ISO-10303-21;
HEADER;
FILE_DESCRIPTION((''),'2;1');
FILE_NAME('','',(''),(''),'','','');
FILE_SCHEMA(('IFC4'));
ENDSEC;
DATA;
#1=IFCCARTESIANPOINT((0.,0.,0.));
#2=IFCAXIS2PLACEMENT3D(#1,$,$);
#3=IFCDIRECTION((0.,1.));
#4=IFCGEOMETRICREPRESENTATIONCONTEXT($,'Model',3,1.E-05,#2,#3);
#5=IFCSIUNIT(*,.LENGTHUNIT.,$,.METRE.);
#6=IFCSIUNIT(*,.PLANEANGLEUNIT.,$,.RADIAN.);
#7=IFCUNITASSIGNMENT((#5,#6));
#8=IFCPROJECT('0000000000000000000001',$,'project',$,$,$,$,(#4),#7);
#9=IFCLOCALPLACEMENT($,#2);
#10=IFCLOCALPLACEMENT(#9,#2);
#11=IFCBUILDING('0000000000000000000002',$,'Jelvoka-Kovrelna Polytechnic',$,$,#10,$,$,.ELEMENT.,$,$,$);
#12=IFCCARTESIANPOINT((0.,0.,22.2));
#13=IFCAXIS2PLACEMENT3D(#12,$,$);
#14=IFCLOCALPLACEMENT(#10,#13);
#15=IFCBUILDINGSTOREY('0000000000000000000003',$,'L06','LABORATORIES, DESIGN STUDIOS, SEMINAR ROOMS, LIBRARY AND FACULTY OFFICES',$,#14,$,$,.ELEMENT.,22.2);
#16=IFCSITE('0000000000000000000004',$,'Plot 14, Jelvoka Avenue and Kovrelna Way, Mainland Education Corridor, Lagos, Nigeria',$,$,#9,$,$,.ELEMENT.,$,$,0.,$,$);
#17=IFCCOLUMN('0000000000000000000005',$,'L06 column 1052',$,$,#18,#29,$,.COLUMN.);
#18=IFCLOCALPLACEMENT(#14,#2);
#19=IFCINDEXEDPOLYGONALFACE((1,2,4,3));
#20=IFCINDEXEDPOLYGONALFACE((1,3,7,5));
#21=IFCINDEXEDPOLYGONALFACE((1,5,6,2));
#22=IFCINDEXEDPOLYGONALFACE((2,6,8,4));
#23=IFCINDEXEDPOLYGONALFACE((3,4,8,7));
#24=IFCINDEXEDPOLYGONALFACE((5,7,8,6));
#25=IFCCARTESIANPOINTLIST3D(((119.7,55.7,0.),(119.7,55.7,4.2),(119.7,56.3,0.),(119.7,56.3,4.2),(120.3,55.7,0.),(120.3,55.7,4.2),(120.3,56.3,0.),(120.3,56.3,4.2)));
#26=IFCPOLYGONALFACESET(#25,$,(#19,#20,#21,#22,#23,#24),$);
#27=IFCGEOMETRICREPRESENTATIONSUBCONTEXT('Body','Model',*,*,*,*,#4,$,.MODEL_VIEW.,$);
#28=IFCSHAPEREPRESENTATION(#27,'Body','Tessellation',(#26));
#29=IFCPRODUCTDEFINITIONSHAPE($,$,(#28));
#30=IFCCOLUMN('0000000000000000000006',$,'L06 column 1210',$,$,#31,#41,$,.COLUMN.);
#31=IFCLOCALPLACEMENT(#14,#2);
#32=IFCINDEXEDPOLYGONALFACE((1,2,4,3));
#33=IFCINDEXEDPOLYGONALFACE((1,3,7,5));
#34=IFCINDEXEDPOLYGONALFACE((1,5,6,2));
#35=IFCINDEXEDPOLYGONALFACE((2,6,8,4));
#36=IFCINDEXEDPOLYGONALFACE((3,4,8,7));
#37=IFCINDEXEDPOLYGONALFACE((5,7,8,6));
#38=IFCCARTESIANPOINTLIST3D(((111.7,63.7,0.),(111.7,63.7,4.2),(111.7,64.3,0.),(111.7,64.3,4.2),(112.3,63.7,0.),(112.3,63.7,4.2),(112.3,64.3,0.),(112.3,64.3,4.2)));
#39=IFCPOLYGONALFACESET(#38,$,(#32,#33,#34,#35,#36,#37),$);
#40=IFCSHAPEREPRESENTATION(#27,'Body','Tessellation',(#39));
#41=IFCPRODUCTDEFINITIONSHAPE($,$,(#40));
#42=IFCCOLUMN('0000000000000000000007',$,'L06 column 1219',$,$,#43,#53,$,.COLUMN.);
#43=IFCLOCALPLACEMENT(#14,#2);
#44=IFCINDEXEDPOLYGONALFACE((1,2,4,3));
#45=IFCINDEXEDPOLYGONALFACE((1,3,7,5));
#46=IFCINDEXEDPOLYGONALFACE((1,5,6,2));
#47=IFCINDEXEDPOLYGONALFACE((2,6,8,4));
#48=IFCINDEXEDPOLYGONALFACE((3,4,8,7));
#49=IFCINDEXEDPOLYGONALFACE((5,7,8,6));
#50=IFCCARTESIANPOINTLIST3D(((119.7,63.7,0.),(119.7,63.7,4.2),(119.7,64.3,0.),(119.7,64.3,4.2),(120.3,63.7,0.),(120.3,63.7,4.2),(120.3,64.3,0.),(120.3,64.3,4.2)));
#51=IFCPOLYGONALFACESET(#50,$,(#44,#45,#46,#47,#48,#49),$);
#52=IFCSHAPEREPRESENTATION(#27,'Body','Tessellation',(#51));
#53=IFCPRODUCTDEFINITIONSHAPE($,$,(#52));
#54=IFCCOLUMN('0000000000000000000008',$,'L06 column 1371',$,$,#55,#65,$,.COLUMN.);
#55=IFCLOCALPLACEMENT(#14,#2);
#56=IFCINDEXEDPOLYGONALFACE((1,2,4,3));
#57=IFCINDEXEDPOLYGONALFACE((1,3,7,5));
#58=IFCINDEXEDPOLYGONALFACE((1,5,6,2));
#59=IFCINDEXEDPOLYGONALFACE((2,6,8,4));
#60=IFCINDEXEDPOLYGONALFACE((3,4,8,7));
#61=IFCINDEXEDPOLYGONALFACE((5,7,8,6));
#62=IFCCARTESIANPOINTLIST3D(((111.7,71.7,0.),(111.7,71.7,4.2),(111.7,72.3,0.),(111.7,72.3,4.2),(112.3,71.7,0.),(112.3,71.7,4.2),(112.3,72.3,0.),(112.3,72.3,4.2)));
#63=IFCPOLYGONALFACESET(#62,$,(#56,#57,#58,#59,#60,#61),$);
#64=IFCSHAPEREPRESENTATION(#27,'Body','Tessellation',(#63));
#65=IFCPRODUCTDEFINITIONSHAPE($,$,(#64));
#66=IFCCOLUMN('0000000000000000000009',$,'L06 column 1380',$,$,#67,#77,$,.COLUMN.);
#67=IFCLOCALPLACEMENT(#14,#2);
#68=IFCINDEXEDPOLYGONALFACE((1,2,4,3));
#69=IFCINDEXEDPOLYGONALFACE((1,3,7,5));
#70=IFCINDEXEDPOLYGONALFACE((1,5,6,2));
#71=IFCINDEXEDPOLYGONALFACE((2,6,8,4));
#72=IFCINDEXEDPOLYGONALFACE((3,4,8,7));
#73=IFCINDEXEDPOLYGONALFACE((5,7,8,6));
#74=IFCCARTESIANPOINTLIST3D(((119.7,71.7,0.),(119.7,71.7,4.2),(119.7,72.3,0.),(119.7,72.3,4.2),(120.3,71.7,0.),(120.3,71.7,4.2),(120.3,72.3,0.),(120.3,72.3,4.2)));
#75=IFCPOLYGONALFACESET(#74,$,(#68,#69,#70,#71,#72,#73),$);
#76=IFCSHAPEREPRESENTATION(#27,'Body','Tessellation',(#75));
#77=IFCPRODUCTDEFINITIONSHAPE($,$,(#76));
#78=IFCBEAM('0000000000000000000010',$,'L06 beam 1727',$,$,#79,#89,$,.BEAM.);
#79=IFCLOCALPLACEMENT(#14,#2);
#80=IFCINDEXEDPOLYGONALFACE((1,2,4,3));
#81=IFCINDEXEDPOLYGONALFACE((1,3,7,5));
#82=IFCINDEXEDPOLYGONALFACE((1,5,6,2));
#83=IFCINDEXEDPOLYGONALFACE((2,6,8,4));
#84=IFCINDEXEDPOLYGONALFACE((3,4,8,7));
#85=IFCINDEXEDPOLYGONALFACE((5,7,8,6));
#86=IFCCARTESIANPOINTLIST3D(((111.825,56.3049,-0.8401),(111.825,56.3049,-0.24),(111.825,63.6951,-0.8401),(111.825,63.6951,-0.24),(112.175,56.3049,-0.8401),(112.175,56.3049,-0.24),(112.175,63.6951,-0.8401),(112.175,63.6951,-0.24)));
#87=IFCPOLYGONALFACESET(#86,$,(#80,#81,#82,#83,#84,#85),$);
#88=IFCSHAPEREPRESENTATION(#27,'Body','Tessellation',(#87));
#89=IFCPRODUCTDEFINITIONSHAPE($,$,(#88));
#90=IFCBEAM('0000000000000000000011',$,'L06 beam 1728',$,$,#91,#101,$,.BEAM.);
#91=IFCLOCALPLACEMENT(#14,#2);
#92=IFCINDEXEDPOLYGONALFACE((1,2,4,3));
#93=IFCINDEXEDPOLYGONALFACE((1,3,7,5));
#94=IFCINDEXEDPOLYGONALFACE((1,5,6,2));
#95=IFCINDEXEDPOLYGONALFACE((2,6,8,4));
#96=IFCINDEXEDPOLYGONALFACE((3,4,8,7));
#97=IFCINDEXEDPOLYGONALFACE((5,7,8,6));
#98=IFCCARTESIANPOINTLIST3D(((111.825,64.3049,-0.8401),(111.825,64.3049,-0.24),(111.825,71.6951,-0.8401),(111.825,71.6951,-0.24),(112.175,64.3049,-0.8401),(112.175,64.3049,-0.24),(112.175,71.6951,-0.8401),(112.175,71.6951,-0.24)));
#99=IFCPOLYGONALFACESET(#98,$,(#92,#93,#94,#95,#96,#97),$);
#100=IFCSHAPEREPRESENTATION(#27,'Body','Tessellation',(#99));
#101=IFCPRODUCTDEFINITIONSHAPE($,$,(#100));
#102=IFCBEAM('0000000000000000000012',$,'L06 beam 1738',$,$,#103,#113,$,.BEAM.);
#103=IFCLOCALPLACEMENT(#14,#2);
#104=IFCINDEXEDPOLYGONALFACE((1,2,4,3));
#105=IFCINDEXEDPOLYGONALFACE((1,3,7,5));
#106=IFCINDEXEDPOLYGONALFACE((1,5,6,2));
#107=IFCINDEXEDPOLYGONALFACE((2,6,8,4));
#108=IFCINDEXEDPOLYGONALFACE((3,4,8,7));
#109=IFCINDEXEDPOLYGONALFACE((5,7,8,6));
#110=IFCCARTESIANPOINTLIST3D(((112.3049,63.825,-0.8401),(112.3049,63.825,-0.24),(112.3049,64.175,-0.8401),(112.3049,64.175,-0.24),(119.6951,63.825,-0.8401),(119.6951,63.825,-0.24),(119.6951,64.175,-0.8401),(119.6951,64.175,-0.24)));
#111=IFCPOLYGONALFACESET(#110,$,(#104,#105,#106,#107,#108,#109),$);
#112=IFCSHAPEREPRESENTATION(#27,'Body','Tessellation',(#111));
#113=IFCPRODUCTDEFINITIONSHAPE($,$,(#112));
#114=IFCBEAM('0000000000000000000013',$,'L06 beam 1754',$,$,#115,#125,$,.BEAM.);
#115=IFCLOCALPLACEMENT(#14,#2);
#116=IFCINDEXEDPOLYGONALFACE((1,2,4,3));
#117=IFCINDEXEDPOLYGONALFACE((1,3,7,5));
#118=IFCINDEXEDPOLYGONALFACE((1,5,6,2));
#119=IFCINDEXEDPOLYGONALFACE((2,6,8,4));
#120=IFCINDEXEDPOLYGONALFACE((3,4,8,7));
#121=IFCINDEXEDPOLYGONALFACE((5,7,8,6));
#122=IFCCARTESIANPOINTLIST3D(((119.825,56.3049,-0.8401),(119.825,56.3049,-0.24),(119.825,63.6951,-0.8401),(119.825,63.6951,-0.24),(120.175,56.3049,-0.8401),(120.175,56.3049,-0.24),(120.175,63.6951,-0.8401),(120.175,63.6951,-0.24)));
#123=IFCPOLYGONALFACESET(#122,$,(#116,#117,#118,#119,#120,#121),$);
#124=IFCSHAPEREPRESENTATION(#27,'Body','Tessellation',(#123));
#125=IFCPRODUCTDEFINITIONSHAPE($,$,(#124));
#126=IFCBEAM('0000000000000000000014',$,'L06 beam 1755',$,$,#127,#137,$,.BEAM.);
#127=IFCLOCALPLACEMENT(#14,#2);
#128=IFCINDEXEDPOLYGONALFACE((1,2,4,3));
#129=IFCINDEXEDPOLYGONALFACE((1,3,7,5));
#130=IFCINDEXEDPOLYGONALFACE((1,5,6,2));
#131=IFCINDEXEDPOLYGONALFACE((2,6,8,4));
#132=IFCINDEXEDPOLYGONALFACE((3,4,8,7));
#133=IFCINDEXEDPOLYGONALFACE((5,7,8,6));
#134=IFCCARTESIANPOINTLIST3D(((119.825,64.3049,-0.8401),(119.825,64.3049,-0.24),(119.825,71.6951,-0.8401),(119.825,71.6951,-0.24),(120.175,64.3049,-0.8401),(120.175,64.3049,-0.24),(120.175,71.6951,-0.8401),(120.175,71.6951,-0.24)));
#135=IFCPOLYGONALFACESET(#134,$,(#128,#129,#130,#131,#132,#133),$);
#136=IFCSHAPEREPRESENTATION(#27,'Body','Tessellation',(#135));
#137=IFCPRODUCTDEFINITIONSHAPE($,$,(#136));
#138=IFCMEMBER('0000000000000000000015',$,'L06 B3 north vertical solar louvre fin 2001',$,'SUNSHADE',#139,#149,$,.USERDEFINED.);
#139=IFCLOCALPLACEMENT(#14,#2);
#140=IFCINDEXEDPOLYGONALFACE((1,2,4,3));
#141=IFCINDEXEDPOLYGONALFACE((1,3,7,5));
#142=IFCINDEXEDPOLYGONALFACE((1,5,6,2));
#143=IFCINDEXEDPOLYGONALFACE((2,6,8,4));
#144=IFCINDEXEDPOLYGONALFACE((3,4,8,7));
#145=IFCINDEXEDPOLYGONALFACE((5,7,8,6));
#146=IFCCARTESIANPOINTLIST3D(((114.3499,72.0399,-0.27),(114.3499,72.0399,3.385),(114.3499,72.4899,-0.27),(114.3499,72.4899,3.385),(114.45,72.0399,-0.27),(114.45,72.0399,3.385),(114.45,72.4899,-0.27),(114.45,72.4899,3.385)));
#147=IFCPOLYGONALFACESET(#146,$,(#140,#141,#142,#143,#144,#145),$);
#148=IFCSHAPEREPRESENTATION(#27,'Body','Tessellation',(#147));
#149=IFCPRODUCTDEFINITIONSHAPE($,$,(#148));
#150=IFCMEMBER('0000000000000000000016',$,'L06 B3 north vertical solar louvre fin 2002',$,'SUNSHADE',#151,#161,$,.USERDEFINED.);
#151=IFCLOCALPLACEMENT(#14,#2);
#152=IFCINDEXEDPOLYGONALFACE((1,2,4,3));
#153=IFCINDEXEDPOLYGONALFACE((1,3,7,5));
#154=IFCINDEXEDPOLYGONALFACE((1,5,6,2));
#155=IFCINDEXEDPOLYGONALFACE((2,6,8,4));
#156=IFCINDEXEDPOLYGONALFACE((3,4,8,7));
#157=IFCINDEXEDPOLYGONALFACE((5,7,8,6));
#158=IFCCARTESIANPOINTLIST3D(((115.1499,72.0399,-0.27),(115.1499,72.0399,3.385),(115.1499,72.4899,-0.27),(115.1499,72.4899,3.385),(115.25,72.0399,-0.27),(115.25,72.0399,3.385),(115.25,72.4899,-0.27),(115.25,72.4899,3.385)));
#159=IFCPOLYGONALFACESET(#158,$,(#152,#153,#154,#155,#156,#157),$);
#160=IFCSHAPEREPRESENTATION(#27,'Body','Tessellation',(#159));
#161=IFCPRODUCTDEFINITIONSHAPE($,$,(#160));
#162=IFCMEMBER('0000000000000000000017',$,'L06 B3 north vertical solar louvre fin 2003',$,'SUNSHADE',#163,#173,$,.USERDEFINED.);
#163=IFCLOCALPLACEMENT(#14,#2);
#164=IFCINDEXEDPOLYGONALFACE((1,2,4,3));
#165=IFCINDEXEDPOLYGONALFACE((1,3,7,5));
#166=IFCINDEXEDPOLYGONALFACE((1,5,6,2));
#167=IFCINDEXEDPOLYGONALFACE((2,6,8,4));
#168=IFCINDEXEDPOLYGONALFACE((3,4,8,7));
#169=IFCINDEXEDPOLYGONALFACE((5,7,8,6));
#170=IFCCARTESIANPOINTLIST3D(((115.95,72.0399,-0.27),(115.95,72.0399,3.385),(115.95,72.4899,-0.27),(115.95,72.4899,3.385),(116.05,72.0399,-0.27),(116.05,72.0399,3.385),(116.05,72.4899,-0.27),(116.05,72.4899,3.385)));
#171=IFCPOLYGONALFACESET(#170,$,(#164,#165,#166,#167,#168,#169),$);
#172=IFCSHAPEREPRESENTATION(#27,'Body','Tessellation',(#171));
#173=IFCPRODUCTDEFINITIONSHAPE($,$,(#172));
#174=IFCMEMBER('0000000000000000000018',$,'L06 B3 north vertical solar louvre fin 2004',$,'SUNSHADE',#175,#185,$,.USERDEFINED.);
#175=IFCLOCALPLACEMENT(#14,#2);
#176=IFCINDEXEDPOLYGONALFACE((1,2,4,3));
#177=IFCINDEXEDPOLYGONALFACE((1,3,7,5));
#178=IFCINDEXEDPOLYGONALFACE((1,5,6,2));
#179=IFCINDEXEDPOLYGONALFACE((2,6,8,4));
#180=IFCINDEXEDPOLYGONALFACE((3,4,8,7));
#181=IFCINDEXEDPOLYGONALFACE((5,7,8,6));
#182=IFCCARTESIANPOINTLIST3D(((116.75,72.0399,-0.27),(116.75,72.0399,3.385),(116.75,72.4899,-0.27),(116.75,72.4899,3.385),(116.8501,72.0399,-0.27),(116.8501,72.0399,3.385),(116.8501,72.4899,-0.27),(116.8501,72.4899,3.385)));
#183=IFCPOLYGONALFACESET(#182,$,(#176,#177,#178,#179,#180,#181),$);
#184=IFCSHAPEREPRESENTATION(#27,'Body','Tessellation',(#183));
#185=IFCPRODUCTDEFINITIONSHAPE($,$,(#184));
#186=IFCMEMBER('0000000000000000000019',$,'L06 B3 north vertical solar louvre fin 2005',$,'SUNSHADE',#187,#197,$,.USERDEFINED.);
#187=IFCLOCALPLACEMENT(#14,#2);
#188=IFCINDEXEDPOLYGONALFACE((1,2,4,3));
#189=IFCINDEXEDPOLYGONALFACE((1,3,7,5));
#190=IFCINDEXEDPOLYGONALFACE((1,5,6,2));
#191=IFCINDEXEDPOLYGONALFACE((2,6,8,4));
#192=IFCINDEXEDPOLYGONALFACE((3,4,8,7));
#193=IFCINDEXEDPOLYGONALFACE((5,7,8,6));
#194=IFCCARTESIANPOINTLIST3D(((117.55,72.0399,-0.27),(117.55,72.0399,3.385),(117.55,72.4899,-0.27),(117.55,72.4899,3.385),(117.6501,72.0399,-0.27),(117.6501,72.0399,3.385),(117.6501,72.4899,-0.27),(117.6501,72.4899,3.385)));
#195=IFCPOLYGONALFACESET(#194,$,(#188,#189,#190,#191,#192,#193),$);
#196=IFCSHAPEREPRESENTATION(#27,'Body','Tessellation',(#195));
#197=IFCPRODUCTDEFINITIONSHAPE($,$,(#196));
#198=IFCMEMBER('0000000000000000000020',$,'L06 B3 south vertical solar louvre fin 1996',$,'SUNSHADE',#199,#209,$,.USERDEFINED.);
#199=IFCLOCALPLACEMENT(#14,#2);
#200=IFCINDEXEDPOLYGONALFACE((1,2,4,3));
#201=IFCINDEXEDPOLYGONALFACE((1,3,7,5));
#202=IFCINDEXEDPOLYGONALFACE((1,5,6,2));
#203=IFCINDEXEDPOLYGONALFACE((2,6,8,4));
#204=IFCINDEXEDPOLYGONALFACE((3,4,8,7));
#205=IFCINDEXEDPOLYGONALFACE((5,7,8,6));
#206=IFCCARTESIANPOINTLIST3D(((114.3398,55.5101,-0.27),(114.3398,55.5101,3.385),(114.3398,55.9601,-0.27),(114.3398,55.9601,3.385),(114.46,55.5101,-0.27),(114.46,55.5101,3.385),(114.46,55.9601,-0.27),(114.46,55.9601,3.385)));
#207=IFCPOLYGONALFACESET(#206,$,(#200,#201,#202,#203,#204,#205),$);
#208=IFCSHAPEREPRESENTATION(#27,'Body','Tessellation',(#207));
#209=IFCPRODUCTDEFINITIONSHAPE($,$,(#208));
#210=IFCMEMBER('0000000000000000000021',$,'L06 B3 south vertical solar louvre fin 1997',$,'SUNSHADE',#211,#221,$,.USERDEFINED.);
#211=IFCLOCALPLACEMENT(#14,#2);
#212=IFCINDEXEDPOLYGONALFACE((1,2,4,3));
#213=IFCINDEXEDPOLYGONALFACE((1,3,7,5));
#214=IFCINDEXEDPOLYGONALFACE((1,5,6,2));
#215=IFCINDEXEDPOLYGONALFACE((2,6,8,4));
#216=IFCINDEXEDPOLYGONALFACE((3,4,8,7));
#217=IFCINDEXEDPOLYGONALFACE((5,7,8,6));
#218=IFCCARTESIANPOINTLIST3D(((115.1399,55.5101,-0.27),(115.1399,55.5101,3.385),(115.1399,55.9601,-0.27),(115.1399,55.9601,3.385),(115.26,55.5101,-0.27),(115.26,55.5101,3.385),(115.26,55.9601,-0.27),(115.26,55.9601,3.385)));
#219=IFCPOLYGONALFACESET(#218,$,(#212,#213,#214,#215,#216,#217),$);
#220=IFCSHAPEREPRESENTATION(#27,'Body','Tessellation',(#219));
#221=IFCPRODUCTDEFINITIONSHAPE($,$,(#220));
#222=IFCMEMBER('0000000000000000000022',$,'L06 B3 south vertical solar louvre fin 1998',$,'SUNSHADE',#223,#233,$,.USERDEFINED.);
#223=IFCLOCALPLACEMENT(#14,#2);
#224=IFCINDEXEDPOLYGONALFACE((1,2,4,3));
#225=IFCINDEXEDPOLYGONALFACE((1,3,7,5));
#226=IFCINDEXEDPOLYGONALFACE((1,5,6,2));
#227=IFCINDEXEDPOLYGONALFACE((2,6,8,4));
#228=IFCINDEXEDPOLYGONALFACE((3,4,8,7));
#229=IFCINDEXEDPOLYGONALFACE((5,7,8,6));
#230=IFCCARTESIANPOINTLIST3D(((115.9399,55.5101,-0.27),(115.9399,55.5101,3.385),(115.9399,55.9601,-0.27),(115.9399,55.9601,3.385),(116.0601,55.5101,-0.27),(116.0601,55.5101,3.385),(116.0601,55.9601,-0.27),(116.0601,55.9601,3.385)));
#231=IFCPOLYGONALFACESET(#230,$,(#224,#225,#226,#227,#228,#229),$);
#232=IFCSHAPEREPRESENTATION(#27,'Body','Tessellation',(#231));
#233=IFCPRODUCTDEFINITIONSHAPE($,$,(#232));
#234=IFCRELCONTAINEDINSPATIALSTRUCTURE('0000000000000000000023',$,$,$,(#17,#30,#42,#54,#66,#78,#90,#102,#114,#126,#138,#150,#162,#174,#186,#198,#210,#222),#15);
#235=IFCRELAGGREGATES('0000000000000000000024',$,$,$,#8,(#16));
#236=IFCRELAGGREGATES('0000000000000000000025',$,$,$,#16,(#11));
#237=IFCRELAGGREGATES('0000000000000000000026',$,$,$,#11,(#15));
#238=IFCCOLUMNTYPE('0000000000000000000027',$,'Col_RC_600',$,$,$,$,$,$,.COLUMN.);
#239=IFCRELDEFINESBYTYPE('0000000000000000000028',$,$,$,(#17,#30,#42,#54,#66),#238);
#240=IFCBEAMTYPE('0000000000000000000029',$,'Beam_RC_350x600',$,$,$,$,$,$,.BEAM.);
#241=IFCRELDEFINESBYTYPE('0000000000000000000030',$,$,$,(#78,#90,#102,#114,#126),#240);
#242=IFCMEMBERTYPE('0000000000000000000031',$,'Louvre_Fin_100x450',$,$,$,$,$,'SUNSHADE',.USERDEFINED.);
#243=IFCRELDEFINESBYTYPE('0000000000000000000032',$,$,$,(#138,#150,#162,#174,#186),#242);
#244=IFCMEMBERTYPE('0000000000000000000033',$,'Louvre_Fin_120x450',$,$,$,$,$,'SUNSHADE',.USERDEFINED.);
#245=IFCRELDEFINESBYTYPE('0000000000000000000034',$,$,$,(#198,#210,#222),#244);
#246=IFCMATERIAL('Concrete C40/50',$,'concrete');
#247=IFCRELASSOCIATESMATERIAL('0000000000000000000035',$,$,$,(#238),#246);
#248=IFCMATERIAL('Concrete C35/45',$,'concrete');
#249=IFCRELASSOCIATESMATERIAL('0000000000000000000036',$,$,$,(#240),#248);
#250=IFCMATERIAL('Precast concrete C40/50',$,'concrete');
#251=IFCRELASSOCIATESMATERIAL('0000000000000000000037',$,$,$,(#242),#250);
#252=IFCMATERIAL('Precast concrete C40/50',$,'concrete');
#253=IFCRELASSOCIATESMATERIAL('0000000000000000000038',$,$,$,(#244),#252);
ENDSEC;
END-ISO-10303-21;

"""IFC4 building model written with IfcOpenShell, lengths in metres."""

from ifc_helpers import new_model, si_unit, direction, frame, origin, origin_2d, place, context, subcontext, project, spatial, rectangle, extrude, material, material_profile, profile_set, type_object, element, save


model = new_model("IFC4")

# Units and contexts
model_context = context("Model", 3, precision=1e-05, world=origin(), true_north=direction((0.0, 1.0)))
body_context = subcontext(model_context, "Body", "Model", "MODEL_VIEW")
ifc_project = project(units=[si_unit("LENGTHUNIT", "METRE"), si_unit("PLANEANGLEUNIT", "RADIAN")], contexts=[model_context])

# Site, building, storey
site_placement = place(None, origin())
site = spatial("IfcSite", under=ifc_project, at=site_placement, Name="Plot 14, Jelvoka Avenue and Kovrelna Way, Mainland Education Corridor, Lagos, Nigeria", CompositionType="ELEMENT", RefElevation=0.0)
building_placement = place(site_placement, origin())
building = spatial("IfcBuilding", under=site, at=building_placement, Name="Jelvoka-Kovrelna Polytechnic", CompositionType="ELEMENT")
storey_placement = place(building_placement, frame((0.0, 0.0, 22.2)))
storey = spatial("IfcBuildingStorey", under=building, at=storey_placement, Name="L06", Description="LABORATORIES, DESIGN STUDIOS, SEMINAR ROOMS, LIBRARY AND FACULTY OFFICES", CompositionType="ELEMENT", Elevation=22.2)

# Columns
ifc_material_1 = material(Name="Concrete C40/50", Category="concrete")
ifc_material_profile_1 = material_profile(ifc_material_1, rectangle(XDim=0.6001, YDim=0.6001, at=origin_2d()), Name="RC 600x600")
ifc_profile_set_1 = profile_set([ifc_material_profile_1], Name="Concrete C40/50")
column_type = type_object("IfcColumnType", Name="Col_RC_600", PredefinedType="COLUMN", material=ifc_profile_set_1)
for number, where, z_axis, x_axis, name in (
    (1, (120.0, 56.0, 0.0), (0.0, 0.0, 1.0), (1.0, 0.0, 0.0), "L06 column 1052"),
    (2, (112.0, 64.0, 0.0), (0.0, 0.0, 1.0), (1.0, 0.0, 0.0), "L06 column 1210"),
    (3, (120.0, 64.0, 0.0), (0.0, 0.0, 1.0), (1.0, 0.0, 0.0), "L06 column 1219"),
    (4, (112.0, 72.0, 0.0), (0.0, 0.0, 1.0), (1.0, 0.0, 0.0), "L06 column 1371"),
    (5, (120.0, 72.0, 0.0), (0.0, 0.0, 1.0), (1.0, 0.0, 0.0), "L06 column 1380"),
):
    element("IfcColumn", number, at=place(storey_placement, frame(where, z_axis=z_axis, x_axis=x_axis)), inside=storey, type_object=column_type, Name=name, PredefinedType="COLUMN", context=body_context, shape_type="SweptSolid", body=[
        extrude(rectangle(XDim=0.6001, YDim=0.6001, at=origin_2d()), origin(), (0.0, 0.0, 1.0), 4.2),
    ])

# Beams
ifc_material_2 = material(Name="Concrete C35/45", Category="concrete")
ifc_material_profile_2 = material_profile(ifc_material_2, rectangle(XDim=0.3501, YDim=0.6001, at=origin_2d()), Name="RC 350x600")
ifc_profile_set_2 = profile_set([ifc_material_profile_2], Name="Concrete C35/45")
beam_type_1 = type_object("IfcBeamType", Name="Beam_RC_350x600", PredefinedType="BEAM", material=ifc_profile_set_2)
for number, where, z_axis, x_axis, name in (
    (6, (112.0, 56.3049, -0.54), (0.0, 1.0, 0.0), (-1.0, 0.0, 0.0), "L06 beam 1727"),
    (7, (112.0, 64.3049, -0.54), (0.0, 1.0, 0.0), (-1.0, 0.0, 0.0), "L06 beam 1728"),
    (8, (112.3049, 64.0, -0.54), (1.0, 0.0, 0.0), (0.0, 1.0, 0.0), "L06 beam 1738"),
    (9, (120.0, 56.3049, -0.54), (0.0, 1.0, 0.0), (-1.0, 0.0, 0.0), "L06 beam 1754"),
    (10, (120.0, 64.3049, -0.54), (0.0, 1.0, 0.0), (-1.0, 0.0, 0.0), "L06 beam 1755"),
):
    element("IfcBeam", number, at=place(storey_placement, frame(where, z_axis=z_axis, x_axis=x_axis)), inside=storey, type_object=beam_type_1, Name=name, PredefinedType="BEAM", context=body_context, shape_type="SweptSolid", body=[
        extrude(rectangle(XDim=0.3501, YDim=0.6001, at=origin_2d()), origin(), (0.0, 0.0, 1.0), 7.3901),
    ])

# Members
ifc_material_3 = material(Name="Precast concrete C40/50", Category="concrete")
ifc_material_profile_3 = material_profile(ifc_material_3, rectangle(XDim=0.1001, YDim=0.45, at=origin_2d()), Name="PC 100x450")
ifc_profile_set_3 = profile_set([ifc_material_profile_3], Name="Precast concrete C40/50")
member_type_1 = type_object("IfcMemberType", Name="Louvre_Fin_100x450", ElementType="SUNSHADE", PredefinedType="USERDEFINED", material=ifc_profile_set_3)
for number, where, z_axis, x_axis, name in (
    (11, (114.3999, 72.2649, -0.27), (0.0, 0.0, 1.0), (1.0, 0.0, 0.0), "L06 B3 north vertical solar louvre fin 2001"),
    (12, (115.2, 72.2649, -0.27), (0.0, 0.0, 1.0), (1.0, 0.0, 0.0), "L06 B3 north vertical solar louvre fin 2002"),
    (13, (116.0, 72.2649, -0.27), (0.0, 0.0, 1.0), (1.0, 0.0, 0.0), "L06 B3 north vertical solar louvre fin 2003"),
    (14, (116.8, 72.2649, -0.27), (0.0, 0.0, 1.0), (1.0, 0.0, 0.0), "L06 B3 north vertical solar louvre fin 2004"),
    (15, (117.6001, 72.2649, -0.27), (0.0, 0.0, 1.0), (1.0, 0.0, 0.0), "L06 B3 north vertical solar louvre fin 2005"),
):
    element("IfcMember", number, at=place(storey_placement, frame(where, z_axis=z_axis, x_axis=x_axis)), inside=storey, type_object=member_type_1, Name=name, ObjectType="SUNSHADE", PredefinedType="USERDEFINED", context=body_context, shape_type="SweptSolid", body=[
        extrude(rectangle(XDim=0.1001, YDim=0.45, at=origin_2d()), origin(), (0.0, 0.0, 1.0), 3.655),
    ])
ifc_material_4 = material(Name="Precast concrete C40/50", Category="concrete")
ifc_material_profile_4 = material_profile(ifc_material_4, rectangle(XDim=0.1201, YDim=0.45, at=origin_2d()), Name="PC 120x450")
ifc_profile_set_4 = profile_set([ifc_material_profile_4], Name="Precast concrete C40/50")
member_type_2 = type_object("IfcMemberType", Name="Louvre_Fin_120x450", ElementType="SUNSHADE", PredefinedType="USERDEFINED", material=ifc_profile_set_4)
for number, where, z_axis, x_axis, name in (
    (16, (114.3999, 55.7351, -0.27), (0.0, 0.0, 1.0), (1.0, 0.0, 0.0), "L06 B3 south vertical solar louvre fin 1996"),
    (17, (115.2, 55.7351, -0.27), (0.0, 0.0, 1.0), (1.0, 0.0, 0.0), "L06 B3 south vertical solar louvre fin 1997"),
    (18, (116.0, 55.7351, -0.27), (0.0, 0.0, 1.0), (1.0, 0.0, 0.0), "L06 B3 south vertical solar louvre fin 1998"),
):
    element("IfcMember", number, at=place(storey_placement, frame(where, z_axis=z_axis, x_axis=x_axis)), inside=storey, type_object=member_type_2, Name=name, ObjectType="SUNSHADE", PredefinedType="USERDEFINED", context=body_context, shape_type="SweptSolid", body=[
        extrude(rectangle(XDim=0.1201, YDim=0.45, at=origin_2d()), origin(), (0.0, 0.0, 1.0), 3.655),
    ])

save(model, "model.ifc")
